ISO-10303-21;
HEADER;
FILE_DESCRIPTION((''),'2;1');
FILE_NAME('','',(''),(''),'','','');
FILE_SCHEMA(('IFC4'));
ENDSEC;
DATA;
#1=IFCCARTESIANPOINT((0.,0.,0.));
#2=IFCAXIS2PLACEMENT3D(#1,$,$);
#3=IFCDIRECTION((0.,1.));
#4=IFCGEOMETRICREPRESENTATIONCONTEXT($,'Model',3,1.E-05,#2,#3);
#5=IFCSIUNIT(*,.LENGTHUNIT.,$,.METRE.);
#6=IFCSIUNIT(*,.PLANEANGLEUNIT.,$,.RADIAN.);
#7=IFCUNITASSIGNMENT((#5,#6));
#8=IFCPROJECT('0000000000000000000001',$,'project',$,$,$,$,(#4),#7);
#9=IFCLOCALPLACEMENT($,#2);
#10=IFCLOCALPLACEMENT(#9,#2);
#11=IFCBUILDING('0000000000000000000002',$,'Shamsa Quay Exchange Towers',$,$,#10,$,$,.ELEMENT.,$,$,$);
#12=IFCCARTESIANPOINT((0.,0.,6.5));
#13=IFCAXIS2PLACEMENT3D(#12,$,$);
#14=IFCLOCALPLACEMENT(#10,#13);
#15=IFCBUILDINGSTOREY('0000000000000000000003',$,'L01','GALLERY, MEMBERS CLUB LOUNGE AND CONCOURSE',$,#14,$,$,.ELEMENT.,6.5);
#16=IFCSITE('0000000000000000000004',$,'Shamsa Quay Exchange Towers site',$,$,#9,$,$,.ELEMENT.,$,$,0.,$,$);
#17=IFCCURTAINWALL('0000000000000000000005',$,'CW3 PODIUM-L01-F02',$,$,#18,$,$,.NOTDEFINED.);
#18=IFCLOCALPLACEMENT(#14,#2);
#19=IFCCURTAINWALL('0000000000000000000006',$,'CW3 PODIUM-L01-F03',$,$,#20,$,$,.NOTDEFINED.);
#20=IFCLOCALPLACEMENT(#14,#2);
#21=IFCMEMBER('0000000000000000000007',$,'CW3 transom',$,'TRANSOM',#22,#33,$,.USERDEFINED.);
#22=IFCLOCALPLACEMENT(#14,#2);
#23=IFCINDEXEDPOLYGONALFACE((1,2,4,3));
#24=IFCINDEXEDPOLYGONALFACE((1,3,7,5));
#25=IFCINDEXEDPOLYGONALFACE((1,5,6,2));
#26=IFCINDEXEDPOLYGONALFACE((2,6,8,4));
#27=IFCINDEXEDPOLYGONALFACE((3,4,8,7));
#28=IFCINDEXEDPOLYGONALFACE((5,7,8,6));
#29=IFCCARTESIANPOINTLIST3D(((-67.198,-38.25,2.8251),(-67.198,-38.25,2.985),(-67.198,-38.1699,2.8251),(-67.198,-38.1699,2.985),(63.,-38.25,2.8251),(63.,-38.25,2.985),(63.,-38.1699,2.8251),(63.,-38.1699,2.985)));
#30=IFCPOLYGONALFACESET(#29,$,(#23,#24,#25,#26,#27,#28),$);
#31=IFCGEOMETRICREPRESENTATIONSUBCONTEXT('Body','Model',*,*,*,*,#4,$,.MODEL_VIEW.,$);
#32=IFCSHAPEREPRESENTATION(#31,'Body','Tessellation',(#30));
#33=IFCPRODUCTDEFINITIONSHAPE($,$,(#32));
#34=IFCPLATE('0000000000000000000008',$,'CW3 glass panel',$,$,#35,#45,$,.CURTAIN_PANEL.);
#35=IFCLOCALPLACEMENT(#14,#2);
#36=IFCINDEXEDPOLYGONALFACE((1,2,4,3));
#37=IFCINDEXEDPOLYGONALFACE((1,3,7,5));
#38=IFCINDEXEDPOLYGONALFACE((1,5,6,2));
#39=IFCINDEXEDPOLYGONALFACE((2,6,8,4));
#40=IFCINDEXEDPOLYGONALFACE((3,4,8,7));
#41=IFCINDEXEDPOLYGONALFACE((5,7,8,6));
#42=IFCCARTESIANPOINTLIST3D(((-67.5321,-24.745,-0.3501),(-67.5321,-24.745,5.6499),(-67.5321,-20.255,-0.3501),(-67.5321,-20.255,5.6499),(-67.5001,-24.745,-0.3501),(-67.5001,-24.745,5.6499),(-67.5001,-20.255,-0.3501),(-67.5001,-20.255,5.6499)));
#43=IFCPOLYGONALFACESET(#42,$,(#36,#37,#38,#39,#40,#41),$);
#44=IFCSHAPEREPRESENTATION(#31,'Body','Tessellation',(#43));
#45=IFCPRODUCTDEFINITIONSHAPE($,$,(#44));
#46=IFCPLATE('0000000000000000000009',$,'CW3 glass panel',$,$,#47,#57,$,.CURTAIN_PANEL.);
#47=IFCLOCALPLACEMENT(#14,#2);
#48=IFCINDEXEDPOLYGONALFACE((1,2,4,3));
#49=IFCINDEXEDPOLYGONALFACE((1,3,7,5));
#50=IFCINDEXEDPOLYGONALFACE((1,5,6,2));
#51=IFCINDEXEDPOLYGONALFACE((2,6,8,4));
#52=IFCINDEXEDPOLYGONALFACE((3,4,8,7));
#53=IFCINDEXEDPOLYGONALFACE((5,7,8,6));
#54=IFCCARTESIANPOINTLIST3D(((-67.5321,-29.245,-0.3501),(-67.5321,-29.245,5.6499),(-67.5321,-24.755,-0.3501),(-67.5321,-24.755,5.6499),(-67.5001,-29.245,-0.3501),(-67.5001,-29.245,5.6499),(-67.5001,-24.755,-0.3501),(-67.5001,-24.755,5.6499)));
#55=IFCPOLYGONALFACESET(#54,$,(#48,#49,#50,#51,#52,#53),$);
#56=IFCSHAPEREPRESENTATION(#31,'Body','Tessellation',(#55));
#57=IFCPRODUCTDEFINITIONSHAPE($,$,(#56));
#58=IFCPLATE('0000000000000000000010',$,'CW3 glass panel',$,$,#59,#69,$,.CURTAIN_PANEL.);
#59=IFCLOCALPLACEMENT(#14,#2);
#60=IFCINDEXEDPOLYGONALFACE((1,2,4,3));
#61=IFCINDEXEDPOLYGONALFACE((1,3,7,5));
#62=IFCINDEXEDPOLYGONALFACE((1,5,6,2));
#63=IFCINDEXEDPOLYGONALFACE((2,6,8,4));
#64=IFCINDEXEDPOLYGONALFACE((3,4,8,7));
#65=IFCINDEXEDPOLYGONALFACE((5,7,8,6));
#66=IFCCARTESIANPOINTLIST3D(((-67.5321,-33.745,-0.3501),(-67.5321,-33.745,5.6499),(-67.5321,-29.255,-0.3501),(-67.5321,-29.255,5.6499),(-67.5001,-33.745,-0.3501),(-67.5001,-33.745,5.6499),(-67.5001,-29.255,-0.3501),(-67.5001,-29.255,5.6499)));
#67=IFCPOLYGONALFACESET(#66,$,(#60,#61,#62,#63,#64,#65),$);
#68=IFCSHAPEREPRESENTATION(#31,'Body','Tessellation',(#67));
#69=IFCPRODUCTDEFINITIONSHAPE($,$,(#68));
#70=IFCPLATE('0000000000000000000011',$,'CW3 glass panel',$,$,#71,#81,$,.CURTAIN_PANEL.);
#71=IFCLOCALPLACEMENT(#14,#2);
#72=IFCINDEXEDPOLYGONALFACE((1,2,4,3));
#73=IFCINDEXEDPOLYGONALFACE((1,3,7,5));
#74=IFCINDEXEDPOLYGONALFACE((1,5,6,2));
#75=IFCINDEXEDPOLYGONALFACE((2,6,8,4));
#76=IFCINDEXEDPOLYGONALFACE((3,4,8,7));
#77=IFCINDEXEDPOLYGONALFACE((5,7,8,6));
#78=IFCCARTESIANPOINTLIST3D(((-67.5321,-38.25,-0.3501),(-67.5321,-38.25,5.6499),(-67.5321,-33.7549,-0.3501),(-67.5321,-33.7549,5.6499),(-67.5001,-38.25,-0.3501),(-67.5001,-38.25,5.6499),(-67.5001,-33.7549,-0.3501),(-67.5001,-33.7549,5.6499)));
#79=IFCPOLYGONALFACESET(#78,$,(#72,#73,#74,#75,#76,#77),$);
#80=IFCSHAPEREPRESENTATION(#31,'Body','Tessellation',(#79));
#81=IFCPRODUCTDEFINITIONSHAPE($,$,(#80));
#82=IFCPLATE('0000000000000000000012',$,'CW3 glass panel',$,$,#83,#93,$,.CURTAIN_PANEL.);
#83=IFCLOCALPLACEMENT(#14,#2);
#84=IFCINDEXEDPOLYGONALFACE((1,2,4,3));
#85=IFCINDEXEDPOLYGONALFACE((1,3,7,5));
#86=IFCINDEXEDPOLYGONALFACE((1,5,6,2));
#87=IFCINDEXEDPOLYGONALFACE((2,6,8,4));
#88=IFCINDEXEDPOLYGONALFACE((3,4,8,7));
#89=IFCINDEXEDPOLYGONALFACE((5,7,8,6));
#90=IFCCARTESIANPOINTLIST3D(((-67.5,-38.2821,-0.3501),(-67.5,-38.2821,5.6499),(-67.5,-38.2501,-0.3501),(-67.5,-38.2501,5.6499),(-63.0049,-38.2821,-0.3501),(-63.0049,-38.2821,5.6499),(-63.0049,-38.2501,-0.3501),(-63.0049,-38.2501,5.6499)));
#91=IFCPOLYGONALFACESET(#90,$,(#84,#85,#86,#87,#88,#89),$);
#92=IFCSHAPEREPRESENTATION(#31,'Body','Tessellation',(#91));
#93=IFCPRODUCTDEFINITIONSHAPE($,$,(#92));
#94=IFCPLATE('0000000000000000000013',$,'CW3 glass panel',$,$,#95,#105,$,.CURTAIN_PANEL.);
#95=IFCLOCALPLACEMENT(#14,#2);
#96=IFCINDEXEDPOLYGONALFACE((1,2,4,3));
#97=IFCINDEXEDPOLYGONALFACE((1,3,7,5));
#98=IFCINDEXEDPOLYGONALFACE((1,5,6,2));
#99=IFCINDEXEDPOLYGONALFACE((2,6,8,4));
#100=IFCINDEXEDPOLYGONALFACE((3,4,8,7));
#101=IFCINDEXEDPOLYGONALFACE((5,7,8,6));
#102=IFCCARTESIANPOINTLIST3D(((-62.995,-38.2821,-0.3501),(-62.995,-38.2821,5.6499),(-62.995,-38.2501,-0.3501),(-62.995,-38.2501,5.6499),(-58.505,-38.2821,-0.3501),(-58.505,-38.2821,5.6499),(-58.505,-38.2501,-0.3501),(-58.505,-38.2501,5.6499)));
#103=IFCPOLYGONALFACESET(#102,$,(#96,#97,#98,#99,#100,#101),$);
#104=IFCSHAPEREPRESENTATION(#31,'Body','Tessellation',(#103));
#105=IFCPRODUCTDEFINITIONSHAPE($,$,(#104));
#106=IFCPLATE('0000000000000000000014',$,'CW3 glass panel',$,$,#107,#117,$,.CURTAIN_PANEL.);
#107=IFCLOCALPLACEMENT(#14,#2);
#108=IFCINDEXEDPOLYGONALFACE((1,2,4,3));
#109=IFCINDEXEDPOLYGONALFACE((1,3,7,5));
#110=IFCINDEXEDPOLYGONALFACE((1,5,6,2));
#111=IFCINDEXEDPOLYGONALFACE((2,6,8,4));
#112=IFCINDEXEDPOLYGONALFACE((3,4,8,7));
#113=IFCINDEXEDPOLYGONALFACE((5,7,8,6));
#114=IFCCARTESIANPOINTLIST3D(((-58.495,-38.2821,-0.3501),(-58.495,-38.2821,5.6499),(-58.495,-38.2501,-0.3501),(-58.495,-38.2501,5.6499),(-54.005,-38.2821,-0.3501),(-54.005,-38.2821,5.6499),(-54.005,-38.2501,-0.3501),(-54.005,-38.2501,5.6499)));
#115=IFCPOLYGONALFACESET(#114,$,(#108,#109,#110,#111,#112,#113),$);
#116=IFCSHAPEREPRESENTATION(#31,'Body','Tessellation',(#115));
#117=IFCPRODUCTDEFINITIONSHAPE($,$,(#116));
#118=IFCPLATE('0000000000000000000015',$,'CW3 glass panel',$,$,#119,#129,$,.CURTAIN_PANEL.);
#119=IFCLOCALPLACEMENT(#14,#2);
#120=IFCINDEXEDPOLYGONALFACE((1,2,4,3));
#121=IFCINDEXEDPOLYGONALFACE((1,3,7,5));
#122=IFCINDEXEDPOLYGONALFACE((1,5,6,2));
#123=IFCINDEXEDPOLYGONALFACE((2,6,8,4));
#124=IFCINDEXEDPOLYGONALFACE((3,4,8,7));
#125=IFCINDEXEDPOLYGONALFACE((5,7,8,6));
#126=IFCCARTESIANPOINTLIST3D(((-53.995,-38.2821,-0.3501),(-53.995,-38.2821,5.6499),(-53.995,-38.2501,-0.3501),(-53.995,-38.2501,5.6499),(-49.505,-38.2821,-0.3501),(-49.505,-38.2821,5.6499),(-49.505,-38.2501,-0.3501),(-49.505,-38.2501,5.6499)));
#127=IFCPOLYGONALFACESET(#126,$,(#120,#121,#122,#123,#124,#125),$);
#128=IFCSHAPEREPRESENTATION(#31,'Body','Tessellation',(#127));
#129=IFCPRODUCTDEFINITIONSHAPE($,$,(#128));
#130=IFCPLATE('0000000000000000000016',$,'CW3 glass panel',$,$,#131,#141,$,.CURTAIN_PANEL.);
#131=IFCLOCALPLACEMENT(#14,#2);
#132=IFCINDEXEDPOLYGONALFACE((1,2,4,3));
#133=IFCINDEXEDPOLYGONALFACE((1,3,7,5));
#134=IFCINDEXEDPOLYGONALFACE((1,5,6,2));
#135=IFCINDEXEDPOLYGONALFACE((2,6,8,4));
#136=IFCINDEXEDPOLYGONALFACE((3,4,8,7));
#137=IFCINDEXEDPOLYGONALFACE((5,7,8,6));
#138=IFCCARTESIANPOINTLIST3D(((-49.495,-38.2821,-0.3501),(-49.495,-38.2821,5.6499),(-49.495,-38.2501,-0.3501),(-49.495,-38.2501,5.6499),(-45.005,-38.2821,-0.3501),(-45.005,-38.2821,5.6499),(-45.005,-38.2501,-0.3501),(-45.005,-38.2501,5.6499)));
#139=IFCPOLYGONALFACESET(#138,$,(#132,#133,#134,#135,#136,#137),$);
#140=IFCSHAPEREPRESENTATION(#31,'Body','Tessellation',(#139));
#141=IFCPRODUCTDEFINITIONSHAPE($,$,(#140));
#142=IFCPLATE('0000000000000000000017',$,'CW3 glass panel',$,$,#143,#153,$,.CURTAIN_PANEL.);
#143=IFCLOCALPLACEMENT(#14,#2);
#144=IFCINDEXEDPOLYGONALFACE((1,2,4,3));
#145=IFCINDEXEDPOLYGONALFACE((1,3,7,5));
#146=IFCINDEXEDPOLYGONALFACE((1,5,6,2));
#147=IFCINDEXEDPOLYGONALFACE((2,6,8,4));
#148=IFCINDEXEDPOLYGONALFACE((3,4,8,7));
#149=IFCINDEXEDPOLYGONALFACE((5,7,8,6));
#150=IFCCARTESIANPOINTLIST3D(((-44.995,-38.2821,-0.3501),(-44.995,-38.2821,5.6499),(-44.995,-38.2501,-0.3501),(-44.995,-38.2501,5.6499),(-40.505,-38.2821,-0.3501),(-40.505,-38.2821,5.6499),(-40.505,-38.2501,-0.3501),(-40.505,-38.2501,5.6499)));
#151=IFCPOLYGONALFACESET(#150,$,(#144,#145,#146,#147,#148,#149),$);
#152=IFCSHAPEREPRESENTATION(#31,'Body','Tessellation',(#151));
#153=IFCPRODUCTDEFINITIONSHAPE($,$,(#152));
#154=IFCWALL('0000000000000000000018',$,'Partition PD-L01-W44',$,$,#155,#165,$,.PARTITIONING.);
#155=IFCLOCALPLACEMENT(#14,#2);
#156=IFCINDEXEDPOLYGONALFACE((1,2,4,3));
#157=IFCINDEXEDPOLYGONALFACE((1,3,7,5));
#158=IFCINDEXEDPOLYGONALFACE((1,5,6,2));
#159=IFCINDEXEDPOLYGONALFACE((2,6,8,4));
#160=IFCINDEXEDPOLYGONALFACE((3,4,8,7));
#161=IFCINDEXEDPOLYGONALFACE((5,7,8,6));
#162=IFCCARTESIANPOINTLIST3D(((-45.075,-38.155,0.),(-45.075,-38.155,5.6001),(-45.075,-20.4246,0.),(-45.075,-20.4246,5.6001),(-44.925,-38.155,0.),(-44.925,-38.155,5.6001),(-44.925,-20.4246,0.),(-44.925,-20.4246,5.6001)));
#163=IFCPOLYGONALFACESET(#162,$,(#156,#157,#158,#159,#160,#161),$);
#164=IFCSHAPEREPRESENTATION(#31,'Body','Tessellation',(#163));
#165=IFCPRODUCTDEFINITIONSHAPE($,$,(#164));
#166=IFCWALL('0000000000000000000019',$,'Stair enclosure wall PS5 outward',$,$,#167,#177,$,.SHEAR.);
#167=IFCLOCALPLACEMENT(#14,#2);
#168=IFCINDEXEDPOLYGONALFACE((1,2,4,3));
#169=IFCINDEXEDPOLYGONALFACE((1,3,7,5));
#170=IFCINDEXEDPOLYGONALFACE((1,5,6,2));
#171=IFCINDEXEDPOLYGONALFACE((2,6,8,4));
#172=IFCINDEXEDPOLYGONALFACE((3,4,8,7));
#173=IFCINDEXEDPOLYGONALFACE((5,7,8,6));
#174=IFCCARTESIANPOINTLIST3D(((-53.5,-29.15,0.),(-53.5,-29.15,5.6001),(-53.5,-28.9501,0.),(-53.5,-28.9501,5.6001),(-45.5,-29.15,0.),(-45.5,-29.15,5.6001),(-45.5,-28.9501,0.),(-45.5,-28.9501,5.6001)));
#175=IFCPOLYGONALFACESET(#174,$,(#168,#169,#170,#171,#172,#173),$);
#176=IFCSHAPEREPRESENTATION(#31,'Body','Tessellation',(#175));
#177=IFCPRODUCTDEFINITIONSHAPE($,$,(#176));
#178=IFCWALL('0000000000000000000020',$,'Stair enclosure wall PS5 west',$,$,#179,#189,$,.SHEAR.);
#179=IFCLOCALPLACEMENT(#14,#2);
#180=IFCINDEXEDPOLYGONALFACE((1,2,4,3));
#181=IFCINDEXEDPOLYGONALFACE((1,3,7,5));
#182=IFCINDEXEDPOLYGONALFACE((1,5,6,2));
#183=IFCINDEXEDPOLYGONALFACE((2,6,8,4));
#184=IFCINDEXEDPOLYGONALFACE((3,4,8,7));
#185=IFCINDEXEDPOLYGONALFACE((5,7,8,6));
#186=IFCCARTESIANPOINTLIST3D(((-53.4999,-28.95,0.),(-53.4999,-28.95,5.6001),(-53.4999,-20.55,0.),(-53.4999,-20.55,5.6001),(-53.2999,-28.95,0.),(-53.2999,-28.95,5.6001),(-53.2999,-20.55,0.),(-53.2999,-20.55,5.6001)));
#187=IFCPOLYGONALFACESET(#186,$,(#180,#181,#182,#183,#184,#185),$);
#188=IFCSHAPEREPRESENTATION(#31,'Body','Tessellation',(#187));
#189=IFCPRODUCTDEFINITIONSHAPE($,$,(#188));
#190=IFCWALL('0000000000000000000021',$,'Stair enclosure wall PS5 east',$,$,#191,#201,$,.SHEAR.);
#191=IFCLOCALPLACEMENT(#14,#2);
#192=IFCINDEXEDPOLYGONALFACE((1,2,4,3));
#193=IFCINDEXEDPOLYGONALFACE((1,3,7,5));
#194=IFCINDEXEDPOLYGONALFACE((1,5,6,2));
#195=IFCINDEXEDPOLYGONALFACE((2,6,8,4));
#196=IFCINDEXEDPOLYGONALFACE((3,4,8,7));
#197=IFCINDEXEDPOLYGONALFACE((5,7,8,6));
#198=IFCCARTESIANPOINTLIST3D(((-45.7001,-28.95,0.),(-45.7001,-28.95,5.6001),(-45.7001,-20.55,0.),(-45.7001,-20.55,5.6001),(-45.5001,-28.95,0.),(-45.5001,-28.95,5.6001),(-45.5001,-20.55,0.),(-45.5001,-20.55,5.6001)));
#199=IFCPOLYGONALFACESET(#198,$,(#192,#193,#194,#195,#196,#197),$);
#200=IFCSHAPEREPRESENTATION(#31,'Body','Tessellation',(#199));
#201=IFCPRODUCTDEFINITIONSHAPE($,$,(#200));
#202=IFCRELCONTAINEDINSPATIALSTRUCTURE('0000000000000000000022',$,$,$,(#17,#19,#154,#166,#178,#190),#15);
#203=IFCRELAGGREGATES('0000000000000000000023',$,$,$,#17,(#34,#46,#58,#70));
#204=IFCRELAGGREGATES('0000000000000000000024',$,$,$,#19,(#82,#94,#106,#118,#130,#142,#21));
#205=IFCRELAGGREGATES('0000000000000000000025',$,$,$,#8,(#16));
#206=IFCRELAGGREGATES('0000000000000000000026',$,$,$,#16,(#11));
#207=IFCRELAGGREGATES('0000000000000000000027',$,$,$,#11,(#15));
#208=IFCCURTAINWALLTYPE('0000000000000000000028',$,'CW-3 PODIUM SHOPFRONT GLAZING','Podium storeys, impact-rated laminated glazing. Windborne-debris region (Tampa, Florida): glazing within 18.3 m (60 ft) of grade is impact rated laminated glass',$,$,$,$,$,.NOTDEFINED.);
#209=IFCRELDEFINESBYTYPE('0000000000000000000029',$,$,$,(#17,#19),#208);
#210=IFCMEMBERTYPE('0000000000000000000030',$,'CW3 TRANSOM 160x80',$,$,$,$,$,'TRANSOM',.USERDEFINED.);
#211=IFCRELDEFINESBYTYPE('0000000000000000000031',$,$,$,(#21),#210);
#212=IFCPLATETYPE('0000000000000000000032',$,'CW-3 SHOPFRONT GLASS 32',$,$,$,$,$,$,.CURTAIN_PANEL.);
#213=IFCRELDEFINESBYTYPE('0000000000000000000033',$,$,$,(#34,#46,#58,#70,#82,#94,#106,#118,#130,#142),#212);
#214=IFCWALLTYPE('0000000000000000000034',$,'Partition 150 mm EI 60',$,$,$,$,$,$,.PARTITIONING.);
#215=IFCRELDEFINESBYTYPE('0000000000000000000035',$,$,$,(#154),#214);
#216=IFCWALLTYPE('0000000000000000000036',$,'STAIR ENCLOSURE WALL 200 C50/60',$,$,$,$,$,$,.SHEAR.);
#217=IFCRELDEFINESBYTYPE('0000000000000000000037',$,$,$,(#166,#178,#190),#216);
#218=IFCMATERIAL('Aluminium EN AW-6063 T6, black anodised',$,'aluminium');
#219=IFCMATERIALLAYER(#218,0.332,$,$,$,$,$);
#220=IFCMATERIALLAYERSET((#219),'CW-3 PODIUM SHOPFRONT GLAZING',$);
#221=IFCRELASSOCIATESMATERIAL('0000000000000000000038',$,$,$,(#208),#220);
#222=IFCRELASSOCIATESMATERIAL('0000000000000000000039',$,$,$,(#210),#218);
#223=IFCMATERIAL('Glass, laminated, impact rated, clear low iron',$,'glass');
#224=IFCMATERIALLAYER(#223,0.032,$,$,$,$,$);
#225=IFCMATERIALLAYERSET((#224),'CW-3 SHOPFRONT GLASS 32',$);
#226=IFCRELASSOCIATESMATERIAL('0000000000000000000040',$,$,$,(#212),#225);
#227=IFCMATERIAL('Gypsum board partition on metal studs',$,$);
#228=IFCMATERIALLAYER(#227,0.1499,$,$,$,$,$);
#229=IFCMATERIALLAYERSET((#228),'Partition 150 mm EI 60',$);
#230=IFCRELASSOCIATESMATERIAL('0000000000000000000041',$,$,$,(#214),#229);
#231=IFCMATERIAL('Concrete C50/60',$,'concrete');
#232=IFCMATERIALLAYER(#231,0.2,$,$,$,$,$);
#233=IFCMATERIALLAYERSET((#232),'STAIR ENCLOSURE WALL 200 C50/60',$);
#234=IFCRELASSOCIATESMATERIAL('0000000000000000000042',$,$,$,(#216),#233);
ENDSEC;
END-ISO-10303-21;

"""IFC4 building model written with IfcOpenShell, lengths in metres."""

from ifc_helpers import new_model, si_unit, direction, frame, frame_2d, origin, origin_2d, place, context, subcontext, project, spatial, rectangle, extrude, material, layer, layer_set, material_profile, profile_set, type_object, element, aggregate, save


model = new_model("IFC4")

# Units and contexts
model_context = context("Model", 3, precision=1e-05, world=origin(), true_north=direction((0.0, 1.0)))
body_context = subcontext(model_context, "Body", "Model", "MODEL_VIEW")
ifc_project = project(units=[si_unit("LENGTHUNIT", "METRE"), si_unit("PLANEANGLEUNIT", "RADIAN")], contexts=[model_context])

# Site, building, storey
site_placement = place(None, origin())
site = spatial("IfcSite", under=ifc_project, at=site_placement, Name="Shamsa Quay Exchange Towers site", CompositionType="ELEMENT", RefElevation=0.0)
building_placement = place(site_placement, origin())
building = spatial("IfcBuilding", under=site, at=building_placement, Name="Shamsa Quay Exchange Towers", CompositionType="ELEMENT")
storey_placement = place(building_placement, frame((0.0, 0.0, 6.5)))
storey = spatial("IfcBuildingStorey", under=building, at=storey_placement, Name="L01", Description="GALLERY, MEMBERS CLUB LOUNGE AND CONCOURSE", CompositionType="ELEMENT", Elevation=6.5)

# Curtain walls, member
ifc_material_1 = material(Name="Aluminium EN AW-6063 T6, black anodised", Category="aluminium")
ifc_layer_1 = layer(ifc_material_1, 0.332)
ifc_layer_set_1 = layer_set([ifc_layer_1], Name="CW-3 PODIUM SHOPFRONT GLAZING")
curtain_wall_type = type_object("IfcCurtainWallType", Name="CW-3 PODIUM SHOPFRONT GLAZING", Description="Podium storeys, impact-rated laminated glazing. Windborne-debris region (Tampa, Florida): glazing within 18.3 m (60 ft) of grade is impact rated laminated glass", PredefinedType="NOTDEFINED", material=ifc_layer_set_1)
curtain_wall_1_placement = place(storey_placement, origin())
curtain_wall_1 = element("IfcCurtainWall", 1, at=curtain_wall_1_placement, inside=storey, type_object=curtain_wall_type, Name="CW3 PODIUM-L01-F02", PredefinedType="NOTDEFINED")
curtain_wall_2_placement = place(storey_placement, origin())
curtain_wall_2 = element("IfcCurtainWall", 2, at=curtain_wall_2_placement, inside=storey, type_object=curtain_wall_type, Name="CW3 PODIUM-L01-F03", PredefinedType="NOTDEFINED")
ifc_material_profile_1 = material_profile(ifc_material_1, rectangle(XDim=0.0801, YDim=0.1599, at=origin_2d()), Name="TR160x80")
ifc_profile_set_1 = profile_set([ifc_material_profile_1], Name="Aluminium EN AW-6063 T6, black anodised")
member_type_1 = type_object("IfcMemberType", Name="CW3 TRANSOM 160x80", ElementType="TRANSOM", PredefinedType="USERDEFINED", material=ifc_profile_set_1)
member_1_placement = place(storey_placement, frame((-67.198, -38.21, 2.905), z_axis=(1.0, 0.0, 0.0), x_axis=(0.0, 1.0, 0.0)))
member_1 = element("IfcMember", 3, at=member_1_placement, type_object=member_type_1, Name="CW3 transom", ObjectType="TRANSOM", PredefinedType="USERDEFINED", context=body_context, shape_type="SweptSolid", body=[
    extrude(rectangle(XDim=0.0801, YDim=0.1599, at=origin_2d()), origin(), (0.0, 0.0, 1.0), 130.198),
])

# Plates
ifc_material_2 = material(Name="Glass, laminated, impact rated, clear low iron", Category="glass")
ifc_layer_2 = layer(ifc_material_2, 0.032)
ifc_layer_set_2 = layer_set([ifc_layer_2], Name="CW-3 SHOPFRONT GLASS 32")
plate_type = type_object("IfcPlateType", Name="CW-3 SHOPFRONT GLASS 32", PredefinedType="CURTAIN_PANEL", material=ifc_layer_set_2)
plate_1_placement = place(storey_placement, frame((-67.5161, -22.5, -0.3501), z_axis=(0.0, 0.0, 1.0), x_axis=(0.0, -1.0, 0.0)))
plate_1 = element("IfcPlate", 4, at=plate_1_placement, type_object=plate_type, Name="CW3 glass panel", PredefinedType="CURTAIN_PANEL", context=body_context, shape_type="SweptSolid", body=[
    extrude(rectangle(XDim=4.49, YDim=0.032, at=origin_2d()), origin(), (0.0, 0.0, 1.0), 6.0),
])
plate_2_placement = place(storey_placement, frame((-67.5161, -27.0, -0.3501), z_axis=(0.0, 0.0, 1.0), x_axis=(0.0, -1.0, 0.0)))
plate_2 = element("IfcPlate", 5, at=plate_2_placement, type_object=plate_type, Name="CW3 glass panel", PredefinedType="CURTAIN_PANEL", context=body_context, shape_type="SweptSolid", body=[
    extrude(rectangle(XDim=4.49, YDim=0.032, at=origin_2d()), origin(), (0.0, 0.0, 1.0), 6.0),
])
plate_3_placement = place(storey_placement, frame((-67.5161, -31.5, -0.3501), z_axis=(0.0, 0.0, 1.0), x_axis=(0.0, -1.0, 0.0)))
plate_3 = element("IfcPlate", 6, at=plate_3_placement, type_object=plate_type, Name="CW3 glass panel", PredefinedType="CURTAIN_PANEL", context=body_context, shape_type="SweptSolid", body=[
    extrude(rectangle(XDim=4.49, YDim=0.032, at=origin_2d()), origin(), (0.0, 0.0, 1.0), 6.0),
])
plate_4_placement = place(storey_placement, frame((-67.5161, -36.0024, -0.3501), z_axis=(0.0, 0.0, 1.0), x_axis=(0.0, -1.0, 0.0)))
plate_4 = element("IfcPlate", 7, at=plate_4_placement, type_object=plate_type, Name="CW3 glass panel", PredefinedType="CURTAIN_PANEL", context=body_context, shape_type="SweptSolid", body=[
    extrude(rectangle(XDim=4.4951, YDim=0.032, at=origin_2d()), origin(), (0.0, 0.0, 1.0), 6.0),
])
aggregate(curtain_wall_1, [plate_1, plate_2, plate_3, plate_4])
plate_5_placement = place(storey_placement, frame((-65.2524, -38.2661, -0.3501)))
plate_5 = element("IfcPlate", 8, at=plate_5_placement, type_object=plate_type, Name="CW3 glass panel", PredefinedType="CURTAIN_PANEL", context=body_context, shape_type="SweptSolid", body=[
    extrude(rectangle(XDim=4.4951, YDim=0.032, at=origin_2d()), origin(), (0.0, 0.0, 1.0), 6.0),
])
plate_6_placement = place(storey_placement, frame((-60.75, -38.2661, -0.3501)))
plate_6 = element("IfcPlate", 9, at=plate_6_placement, type_object=plate_type, Name="CW3 glass panel", PredefinedType="CURTAIN_PANEL", context=body_context, shape_type="SweptSolid", body=[
    extrude(rectangle(XDim=4.49, YDim=0.032, at=origin_2d()), origin(), (0.0, 0.0, 1.0), 6.0),
])
plate_7_placement = place(storey_placement, frame((-56.25, -38.2661, -0.3501)))
plate_7 = element("IfcPlate", 10, at=plate_7_placement, type_object=plate_type, Name="CW3 glass panel", PredefinedType="CURTAIN_PANEL", context=body_context, shape_type="SweptSolid", body=[
    extrude(rectangle(XDim=4.49, YDim=0.032, at=origin_2d()), origin(), (0.0, 0.0, 1.0), 6.0),
])
plate_8_placement = place(storey_placement, frame((-51.75, -38.2661, -0.3501)))
plate_8 = element("IfcPlate", 11, at=plate_8_placement, type_object=plate_type, Name="CW3 glass panel", PredefinedType="CURTAIN_PANEL", context=body_context, shape_type="SweptSolid", body=[
    extrude(rectangle(XDim=4.49, YDim=0.032, at=origin_2d()), origin(), (0.0, 0.0, 1.0), 6.0),
])
plate_9_placement = place(storey_placement, frame((-47.25, -38.2661, -0.3501)))
plate_9 = element("IfcPlate", 12, at=plate_9_placement, type_object=plate_type, Name="CW3 glass panel", PredefinedType="CURTAIN_PANEL", context=body_context, shape_type="SweptSolid", body=[
    extrude(rectangle(XDim=4.49, YDim=0.032, at=origin_2d()), origin(), (0.0, 0.0, 1.0), 6.0),
])
plate_10_placement = place(storey_placement, frame((-42.75, -38.2661, -0.3501)))
plate_10 = element("IfcPlate", 13, at=plate_10_placement, type_object=plate_type, Name="CW3 glass panel", PredefinedType="CURTAIN_PANEL", context=body_context, shape_type="SweptSolid", body=[
    extrude(rectangle(XDim=4.49, YDim=0.032, at=origin_2d()), origin(), (0.0, 0.0, 1.0), 6.0),
])
aggregate(curtain_wall_2, [plate_5, plate_6, plate_7, plate_8, plate_9, plate_10, member_1])

# Walls
ifc_material_3 = material(Name="Gypsum board partition on metal studs")
ifc_layer_3 = layer(ifc_material_3, 0.1499)
ifc_layer_set_3 = layer_set([ifc_layer_3], Name="Partition 150 mm EI 60")
wall_type_1 = type_object("IfcWallType", Name="Partition 150 mm EI 60", PredefinedType="PARTITIONING", material=ifc_layer_set_3)
wall_1_placement = place(storey_placement, frame((-45.0, -38.155, 0.0), z_axis=(0.0, 0.0, 1.0), x_axis=(0.0, 1.0, 0.0)))
element("IfcWall", 14, at=wall_1_placement, inside=storey, type_object=wall_type_1, Name="Partition PD-L01-W44", PredefinedType="PARTITIONING", context=body_context, shape_type="SweptSolid", body=[
    extrude(rectangle(XDim=17.7305, YDim=0.1499, at=frame_2d((8.8652, 0.0))), origin(), (0.0, 0.0, 1.0), 5.6001),
])
ifc_material_4 = material(Name="Concrete C50/60", Category="concrete")
ifc_layer_4 = layer(ifc_material_4, 0.2)
ifc_layer_set_4 = layer_set([ifc_layer_4], Name="STAIR ENCLOSURE WALL 200 C50/60")
wall_type_2 = type_object("IfcWallType", Name="STAIR ENCLOSURE WALL 200 C50/60", PredefinedType="SHEAR", material=ifc_layer_set_4)
wall_2_placement = place(storey_placement, frame((-53.5, -29.05, 0.0)))
element("IfcWall", 15, at=wall_2_placement, inside=storey, type_object=wall_type_2, Name="Stair enclosure wall PS5 outward", PredefinedType="SHEAR", context=body_context, shape_type="SweptSolid", body=[
    extrude(rectangle(XDim=8.0, YDim=0.2, at=frame_2d((4.0, 0.0))), origin(), (0.0, 0.0, 1.0), 5.6001),
])
for number, where, z_axis, x_axis, name in (
    (16, (-53.3999, -28.95, 0.0), (0.0, 0.0, 1.0), (0.0, 1.0, 0.0), "Stair enclosure wall PS5 west"),
    (17, (-45.6001, -28.95, 0.0), (0.0, 0.0, 1.0), (0.0, 1.0, 0.0), "Stair enclosure wall PS5 east"),
):
    element("IfcWall", number, at=place(storey_placement, frame(where, z_axis=z_axis, x_axis=x_axis)), inside=storey, type_object=wall_type_2, Name=name, PredefinedType="SHEAR", context=body_context, shape_type="SweptSolid", body=[
        extrude(rectangle(XDim=8.3999, YDim=0.2, at=frame_2d((4.2, 0.0))), origin(), (0.0, 0.0, 1.0), 5.6001),
    ])

save(model, "model.ifc")
